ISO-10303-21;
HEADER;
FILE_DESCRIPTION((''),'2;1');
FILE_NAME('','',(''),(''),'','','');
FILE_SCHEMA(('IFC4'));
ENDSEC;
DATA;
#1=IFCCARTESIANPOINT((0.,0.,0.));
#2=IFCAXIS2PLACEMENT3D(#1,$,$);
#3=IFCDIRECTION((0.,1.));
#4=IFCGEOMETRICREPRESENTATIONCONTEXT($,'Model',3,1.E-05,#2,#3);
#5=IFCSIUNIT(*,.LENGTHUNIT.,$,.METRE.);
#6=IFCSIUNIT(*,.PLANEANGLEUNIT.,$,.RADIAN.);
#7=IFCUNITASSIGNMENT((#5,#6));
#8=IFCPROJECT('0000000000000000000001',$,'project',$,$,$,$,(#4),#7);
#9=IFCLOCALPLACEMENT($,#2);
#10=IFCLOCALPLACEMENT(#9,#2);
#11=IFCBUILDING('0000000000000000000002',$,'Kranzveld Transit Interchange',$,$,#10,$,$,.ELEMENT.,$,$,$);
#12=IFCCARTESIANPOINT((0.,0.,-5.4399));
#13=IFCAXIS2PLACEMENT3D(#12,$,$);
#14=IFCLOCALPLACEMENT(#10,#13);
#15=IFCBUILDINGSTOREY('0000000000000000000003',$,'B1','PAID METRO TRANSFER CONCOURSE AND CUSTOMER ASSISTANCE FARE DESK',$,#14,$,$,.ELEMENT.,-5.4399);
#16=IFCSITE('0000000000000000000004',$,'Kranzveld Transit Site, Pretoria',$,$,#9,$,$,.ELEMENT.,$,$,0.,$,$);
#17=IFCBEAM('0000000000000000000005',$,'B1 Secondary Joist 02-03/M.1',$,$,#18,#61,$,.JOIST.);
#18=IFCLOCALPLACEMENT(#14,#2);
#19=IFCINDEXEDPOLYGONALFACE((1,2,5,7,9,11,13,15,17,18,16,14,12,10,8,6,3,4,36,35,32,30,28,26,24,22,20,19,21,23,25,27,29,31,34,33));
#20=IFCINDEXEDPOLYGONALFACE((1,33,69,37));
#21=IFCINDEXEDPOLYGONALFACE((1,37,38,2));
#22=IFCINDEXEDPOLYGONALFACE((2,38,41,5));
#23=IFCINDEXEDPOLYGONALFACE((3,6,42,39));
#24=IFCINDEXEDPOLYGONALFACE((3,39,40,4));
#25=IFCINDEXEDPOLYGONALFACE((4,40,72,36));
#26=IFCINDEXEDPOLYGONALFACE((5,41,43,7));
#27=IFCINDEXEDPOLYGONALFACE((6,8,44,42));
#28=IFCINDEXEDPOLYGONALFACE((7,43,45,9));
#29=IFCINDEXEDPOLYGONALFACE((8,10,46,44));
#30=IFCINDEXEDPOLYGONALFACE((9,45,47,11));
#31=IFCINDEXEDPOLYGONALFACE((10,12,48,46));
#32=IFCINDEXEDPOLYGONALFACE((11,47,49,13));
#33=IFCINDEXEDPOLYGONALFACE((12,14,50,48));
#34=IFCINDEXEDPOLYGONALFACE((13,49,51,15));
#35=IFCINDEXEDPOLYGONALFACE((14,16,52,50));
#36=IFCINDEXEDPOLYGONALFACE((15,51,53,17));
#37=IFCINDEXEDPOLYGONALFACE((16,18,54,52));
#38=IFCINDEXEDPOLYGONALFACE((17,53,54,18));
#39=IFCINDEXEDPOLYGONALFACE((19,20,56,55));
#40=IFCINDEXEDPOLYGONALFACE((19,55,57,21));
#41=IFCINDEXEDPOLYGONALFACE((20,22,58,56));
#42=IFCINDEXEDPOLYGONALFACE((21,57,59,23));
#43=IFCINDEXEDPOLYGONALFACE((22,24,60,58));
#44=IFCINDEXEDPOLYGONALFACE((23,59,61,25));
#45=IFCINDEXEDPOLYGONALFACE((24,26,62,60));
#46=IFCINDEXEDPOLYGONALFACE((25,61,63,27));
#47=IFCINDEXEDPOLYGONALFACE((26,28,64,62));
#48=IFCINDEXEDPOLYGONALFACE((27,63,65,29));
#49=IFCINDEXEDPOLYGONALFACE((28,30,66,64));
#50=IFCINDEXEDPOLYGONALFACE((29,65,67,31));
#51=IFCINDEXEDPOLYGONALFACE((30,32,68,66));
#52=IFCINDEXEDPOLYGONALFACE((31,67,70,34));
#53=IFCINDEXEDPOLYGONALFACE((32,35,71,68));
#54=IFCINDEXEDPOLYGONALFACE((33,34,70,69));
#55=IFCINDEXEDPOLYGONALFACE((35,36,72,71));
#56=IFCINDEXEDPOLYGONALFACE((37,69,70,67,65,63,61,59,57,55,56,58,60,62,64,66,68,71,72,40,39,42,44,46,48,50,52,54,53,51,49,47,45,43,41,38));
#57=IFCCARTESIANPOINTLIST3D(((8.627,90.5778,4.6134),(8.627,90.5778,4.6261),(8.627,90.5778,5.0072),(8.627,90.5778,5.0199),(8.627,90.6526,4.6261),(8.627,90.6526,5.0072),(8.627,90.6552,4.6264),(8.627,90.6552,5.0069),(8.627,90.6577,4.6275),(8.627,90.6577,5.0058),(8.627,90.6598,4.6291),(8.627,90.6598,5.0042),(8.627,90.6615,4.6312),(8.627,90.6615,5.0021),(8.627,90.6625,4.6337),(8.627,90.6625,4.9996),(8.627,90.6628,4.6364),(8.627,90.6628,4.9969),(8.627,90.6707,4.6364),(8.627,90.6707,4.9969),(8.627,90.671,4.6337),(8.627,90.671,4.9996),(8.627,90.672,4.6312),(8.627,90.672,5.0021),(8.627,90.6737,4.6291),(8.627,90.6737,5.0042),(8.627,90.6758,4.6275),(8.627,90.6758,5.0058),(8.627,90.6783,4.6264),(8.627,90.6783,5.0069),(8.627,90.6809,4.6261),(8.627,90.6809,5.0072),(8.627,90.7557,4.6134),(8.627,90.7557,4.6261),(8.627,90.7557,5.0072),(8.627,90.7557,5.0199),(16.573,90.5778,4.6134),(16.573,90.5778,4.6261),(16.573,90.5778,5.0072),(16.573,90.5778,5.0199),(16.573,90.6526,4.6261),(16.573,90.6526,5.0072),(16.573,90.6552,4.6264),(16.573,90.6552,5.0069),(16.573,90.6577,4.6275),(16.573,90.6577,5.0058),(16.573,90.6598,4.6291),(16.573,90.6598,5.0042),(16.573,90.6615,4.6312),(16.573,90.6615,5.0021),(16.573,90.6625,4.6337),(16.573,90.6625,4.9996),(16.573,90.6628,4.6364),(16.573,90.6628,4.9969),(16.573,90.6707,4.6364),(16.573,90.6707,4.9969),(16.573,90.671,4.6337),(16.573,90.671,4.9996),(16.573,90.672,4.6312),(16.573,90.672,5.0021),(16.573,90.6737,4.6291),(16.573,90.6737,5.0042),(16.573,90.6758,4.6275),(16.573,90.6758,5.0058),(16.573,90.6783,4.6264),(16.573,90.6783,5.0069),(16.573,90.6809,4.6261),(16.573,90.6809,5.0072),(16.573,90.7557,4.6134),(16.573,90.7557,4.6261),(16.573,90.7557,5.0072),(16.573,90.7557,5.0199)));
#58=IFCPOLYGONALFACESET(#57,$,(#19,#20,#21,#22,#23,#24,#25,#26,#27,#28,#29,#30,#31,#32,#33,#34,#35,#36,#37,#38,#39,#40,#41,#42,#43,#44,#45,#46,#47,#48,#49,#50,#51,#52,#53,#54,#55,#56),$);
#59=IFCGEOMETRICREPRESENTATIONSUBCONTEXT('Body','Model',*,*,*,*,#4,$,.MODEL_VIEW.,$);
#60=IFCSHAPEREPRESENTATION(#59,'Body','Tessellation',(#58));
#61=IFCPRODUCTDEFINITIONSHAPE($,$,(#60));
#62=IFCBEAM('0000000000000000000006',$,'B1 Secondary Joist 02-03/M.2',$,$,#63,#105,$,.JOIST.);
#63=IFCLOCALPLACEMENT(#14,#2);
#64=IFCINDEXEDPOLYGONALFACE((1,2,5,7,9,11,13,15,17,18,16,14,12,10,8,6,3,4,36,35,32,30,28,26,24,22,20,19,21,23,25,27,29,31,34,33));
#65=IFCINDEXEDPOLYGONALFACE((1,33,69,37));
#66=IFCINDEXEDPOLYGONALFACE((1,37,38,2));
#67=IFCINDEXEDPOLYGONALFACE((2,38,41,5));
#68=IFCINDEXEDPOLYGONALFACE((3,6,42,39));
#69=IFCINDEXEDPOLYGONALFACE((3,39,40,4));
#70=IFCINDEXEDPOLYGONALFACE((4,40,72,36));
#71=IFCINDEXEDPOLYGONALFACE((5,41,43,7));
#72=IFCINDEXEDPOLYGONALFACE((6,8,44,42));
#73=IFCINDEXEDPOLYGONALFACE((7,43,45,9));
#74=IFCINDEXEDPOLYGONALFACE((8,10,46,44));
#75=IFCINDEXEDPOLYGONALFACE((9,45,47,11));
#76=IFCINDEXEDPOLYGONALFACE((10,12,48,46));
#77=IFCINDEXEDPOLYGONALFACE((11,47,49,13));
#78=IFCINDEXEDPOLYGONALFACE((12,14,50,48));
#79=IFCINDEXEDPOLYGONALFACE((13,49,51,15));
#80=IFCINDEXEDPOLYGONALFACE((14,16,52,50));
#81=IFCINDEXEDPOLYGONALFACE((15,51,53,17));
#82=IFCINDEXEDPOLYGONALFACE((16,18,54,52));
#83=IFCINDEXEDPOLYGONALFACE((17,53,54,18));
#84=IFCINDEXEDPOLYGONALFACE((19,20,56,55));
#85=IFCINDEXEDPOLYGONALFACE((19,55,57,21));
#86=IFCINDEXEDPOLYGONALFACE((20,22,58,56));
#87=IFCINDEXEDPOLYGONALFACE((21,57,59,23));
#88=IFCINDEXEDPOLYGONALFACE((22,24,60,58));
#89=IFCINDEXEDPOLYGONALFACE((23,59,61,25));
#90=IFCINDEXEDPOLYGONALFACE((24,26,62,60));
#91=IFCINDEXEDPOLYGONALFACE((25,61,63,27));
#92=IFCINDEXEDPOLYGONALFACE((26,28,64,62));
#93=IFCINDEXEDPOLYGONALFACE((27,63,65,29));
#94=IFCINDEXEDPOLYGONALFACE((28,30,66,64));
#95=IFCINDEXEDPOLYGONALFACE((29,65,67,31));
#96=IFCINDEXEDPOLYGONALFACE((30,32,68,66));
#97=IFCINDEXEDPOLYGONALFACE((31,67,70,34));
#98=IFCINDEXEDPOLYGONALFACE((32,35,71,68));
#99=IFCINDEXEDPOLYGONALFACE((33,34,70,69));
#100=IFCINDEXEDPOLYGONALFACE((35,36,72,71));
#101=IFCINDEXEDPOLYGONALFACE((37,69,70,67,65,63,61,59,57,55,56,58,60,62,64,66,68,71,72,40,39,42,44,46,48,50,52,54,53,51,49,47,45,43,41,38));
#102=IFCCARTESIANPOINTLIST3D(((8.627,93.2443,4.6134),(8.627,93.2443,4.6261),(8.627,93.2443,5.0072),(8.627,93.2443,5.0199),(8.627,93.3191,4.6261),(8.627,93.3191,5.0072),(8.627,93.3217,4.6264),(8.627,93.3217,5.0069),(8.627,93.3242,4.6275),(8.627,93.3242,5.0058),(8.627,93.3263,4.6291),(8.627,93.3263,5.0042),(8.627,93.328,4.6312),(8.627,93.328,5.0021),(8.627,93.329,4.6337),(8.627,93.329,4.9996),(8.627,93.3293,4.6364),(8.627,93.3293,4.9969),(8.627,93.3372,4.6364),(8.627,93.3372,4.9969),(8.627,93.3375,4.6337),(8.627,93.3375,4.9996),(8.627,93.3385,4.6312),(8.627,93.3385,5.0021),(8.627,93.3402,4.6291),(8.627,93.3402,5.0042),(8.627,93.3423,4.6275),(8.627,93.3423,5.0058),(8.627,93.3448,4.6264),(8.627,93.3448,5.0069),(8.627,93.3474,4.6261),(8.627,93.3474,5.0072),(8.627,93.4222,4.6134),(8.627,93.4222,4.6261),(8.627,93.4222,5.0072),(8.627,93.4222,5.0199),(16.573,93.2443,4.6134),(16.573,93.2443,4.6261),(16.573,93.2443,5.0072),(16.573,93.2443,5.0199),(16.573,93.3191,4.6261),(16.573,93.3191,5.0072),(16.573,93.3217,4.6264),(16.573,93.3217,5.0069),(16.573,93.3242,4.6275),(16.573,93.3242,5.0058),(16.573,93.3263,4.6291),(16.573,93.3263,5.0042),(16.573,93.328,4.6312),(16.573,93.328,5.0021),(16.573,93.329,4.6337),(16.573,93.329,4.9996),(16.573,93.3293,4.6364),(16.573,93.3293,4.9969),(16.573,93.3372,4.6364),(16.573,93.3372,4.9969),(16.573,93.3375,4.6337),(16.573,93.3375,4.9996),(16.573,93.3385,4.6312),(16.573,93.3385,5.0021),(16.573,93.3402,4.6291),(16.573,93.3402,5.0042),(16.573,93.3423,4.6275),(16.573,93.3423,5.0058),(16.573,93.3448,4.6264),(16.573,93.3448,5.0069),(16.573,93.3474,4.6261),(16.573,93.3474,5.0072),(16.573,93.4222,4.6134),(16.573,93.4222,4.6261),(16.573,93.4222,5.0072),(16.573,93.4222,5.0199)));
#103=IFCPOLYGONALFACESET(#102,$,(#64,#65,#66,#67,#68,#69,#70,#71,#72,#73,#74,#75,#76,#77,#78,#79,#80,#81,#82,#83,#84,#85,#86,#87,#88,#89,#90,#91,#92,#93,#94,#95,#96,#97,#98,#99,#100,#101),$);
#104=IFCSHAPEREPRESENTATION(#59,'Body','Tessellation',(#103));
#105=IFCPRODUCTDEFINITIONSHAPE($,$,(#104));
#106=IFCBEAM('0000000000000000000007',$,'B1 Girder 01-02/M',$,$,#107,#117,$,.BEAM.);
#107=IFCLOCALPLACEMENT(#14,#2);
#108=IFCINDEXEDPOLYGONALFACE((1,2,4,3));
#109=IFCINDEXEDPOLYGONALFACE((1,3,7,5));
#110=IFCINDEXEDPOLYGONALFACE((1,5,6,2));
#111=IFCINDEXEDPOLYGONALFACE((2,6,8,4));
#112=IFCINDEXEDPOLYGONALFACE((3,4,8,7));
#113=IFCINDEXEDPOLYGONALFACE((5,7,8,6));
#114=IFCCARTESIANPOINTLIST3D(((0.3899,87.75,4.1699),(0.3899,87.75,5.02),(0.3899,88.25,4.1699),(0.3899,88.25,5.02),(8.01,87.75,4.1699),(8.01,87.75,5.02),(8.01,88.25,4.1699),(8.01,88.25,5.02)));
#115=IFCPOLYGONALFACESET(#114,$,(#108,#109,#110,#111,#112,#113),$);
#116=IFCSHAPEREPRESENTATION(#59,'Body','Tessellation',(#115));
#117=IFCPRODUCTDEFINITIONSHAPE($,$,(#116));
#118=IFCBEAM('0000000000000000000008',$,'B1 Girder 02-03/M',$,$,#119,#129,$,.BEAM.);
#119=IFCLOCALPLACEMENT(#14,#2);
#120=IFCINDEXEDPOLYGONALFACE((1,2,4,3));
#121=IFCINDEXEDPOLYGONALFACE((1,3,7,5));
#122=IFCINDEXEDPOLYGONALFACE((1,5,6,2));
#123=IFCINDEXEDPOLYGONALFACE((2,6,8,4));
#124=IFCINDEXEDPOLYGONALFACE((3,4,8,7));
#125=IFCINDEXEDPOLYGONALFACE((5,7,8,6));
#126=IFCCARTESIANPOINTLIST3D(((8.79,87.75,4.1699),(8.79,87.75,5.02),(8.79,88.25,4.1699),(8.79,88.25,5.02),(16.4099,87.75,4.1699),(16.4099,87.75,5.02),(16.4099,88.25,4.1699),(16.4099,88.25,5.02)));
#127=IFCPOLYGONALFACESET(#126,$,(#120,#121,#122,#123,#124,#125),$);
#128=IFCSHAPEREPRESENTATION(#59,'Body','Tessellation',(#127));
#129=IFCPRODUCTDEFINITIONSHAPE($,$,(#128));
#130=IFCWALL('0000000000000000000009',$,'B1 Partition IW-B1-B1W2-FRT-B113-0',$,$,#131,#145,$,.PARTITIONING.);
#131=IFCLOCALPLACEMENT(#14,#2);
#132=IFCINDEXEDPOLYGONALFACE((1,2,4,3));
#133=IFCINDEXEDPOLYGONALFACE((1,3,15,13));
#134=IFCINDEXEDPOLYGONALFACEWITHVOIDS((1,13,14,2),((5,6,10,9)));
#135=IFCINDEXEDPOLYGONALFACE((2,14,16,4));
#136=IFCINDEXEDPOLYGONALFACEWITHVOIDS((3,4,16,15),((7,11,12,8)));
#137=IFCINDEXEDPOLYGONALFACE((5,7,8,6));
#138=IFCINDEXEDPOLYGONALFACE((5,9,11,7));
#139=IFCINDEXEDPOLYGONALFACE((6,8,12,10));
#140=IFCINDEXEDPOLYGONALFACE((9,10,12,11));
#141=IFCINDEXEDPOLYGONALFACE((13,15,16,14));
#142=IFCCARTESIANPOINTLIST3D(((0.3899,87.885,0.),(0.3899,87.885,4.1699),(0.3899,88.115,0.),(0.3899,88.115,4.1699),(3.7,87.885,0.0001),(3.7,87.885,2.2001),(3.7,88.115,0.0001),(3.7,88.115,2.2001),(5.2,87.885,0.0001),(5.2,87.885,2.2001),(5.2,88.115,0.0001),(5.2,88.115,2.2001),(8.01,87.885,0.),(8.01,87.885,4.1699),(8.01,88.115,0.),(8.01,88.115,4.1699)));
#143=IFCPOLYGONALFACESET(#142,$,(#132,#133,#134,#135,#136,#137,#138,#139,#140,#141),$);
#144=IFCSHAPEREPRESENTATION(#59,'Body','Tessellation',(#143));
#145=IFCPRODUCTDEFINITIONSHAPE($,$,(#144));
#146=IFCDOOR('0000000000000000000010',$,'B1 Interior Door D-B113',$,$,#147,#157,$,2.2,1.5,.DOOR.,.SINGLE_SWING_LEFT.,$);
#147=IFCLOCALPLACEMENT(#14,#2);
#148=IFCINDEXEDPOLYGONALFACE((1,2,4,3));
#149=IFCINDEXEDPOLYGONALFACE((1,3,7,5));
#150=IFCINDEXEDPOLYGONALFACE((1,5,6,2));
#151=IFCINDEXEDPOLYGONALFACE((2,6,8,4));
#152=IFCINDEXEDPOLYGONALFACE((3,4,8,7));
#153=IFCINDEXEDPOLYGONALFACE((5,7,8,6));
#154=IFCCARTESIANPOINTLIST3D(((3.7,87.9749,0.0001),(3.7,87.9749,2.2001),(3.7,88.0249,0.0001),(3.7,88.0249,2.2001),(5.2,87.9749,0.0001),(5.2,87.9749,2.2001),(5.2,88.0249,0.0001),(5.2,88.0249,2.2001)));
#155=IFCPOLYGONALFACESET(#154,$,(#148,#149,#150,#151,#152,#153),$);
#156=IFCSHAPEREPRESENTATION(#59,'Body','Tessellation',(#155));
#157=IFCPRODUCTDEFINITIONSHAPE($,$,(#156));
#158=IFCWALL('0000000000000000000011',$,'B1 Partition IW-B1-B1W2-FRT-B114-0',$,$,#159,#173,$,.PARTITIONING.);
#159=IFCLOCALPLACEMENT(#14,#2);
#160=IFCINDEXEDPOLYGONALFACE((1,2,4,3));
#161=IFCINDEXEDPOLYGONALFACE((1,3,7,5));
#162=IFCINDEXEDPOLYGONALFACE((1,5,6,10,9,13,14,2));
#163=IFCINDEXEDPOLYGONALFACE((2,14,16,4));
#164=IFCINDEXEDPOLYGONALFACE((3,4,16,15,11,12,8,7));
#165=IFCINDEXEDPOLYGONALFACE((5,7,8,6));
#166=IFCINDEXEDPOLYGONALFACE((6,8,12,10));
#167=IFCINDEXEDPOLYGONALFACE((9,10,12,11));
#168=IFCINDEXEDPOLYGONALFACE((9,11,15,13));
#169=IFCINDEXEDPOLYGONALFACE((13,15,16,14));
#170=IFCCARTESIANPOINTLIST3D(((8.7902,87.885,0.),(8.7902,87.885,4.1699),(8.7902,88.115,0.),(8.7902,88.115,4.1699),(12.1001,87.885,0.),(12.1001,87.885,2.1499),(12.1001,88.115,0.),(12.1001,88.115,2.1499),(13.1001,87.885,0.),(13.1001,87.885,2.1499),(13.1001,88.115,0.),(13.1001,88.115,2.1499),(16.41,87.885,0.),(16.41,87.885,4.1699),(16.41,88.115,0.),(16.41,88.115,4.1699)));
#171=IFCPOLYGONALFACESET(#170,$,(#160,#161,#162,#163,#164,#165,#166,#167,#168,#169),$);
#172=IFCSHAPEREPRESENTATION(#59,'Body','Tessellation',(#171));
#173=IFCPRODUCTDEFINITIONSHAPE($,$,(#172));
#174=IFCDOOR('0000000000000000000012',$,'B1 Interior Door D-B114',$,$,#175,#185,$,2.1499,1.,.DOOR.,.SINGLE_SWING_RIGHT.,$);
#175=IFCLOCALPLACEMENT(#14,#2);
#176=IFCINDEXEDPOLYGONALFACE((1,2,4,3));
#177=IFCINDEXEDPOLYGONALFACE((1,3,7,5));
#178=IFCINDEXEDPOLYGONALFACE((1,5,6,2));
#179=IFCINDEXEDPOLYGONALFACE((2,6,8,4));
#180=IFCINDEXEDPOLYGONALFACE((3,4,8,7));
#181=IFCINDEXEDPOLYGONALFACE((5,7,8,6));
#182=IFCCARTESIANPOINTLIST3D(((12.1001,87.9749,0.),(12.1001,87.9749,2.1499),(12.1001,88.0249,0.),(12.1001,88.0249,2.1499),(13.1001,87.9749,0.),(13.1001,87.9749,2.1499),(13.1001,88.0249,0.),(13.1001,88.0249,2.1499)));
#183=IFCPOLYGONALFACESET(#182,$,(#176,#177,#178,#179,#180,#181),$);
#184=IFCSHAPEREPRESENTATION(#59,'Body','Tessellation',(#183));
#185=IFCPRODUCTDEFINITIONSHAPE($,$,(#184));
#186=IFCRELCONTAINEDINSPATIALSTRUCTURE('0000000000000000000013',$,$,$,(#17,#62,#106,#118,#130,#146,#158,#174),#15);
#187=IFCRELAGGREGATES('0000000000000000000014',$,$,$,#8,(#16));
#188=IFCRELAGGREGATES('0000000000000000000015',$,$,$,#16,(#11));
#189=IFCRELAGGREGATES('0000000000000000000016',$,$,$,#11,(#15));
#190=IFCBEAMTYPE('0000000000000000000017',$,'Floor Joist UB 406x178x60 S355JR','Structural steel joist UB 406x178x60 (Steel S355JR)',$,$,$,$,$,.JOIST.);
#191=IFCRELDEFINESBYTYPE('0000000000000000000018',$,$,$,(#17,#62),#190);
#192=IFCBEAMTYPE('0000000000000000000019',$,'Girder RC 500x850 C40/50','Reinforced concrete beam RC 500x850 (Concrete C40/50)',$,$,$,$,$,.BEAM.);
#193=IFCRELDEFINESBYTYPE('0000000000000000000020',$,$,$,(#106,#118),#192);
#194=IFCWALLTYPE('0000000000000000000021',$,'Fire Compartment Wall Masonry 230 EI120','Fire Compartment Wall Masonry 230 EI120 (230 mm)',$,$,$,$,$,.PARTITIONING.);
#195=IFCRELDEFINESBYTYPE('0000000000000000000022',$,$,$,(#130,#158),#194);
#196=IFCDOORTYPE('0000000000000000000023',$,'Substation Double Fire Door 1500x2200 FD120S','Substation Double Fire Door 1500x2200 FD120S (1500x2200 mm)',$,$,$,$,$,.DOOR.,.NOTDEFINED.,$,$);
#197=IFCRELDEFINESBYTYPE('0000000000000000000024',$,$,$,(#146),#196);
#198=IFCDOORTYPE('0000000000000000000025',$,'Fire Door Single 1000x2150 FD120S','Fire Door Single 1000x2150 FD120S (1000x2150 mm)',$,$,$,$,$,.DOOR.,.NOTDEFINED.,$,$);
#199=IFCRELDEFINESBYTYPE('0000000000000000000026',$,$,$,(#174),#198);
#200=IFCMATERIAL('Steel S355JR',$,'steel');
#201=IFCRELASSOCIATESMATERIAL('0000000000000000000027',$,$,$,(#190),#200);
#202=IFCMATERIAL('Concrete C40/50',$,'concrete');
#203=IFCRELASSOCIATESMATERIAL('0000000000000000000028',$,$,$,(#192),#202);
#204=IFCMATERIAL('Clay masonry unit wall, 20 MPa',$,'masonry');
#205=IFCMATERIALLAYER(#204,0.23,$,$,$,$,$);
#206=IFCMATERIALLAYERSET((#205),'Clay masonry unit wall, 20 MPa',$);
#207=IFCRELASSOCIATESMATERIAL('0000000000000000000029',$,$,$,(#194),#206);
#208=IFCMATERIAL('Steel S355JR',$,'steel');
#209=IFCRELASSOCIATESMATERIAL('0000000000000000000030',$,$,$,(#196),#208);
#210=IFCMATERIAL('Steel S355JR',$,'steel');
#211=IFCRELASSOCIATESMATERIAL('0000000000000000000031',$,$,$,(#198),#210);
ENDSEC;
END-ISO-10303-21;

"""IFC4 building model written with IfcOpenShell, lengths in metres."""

from ifc_helpers import new_model, si_unit, direction, frame, frame_2d, origin, origin_2d, place, context, subcontext, project, spatial, rectangle, i_section, extrude, material, layer, layer_set, material_profile, profile_set, type_object, element, fill, save


model = new_model("IFC4")

# Units and contexts
model_context = context("Model", 3, precision=1e-05, world=origin(), true_north=direction((0.0, 1.0)))
body_context = subcontext(model_context, "Body", "Model", "MODEL_VIEW")
ifc_project = project(units=[si_unit("LENGTHUNIT", "METRE"), si_unit("PLANEANGLEUNIT", "RADIAN")], contexts=[model_context])

# Site, building, storey
site_placement = place(None, origin())
site = spatial("IfcSite", under=ifc_project, at=site_placement, Name="Kranzveld Transit Site, Pretoria", CompositionType="ELEMENT", RefElevation=0.0)
building_placement = place(site_placement, origin())
building = spatial("IfcBuilding", under=site, at=building_placement, Name="Kranzveld Transit Interchange", CompositionType="ELEMENT")
storey_placement = place(building_placement, frame((0.0, 0.0, -5.4399)))
storey = spatial("IfcBuildingStorey", under=building, at=storey_placement, Name="B1", Description="PAID METRO TRANSFER CONCOURSE AND CUSTOMER ASSISTANCE FARE DESK", CompositionType="ELEMENT", Elevation=-5.4399)

# Beams
ifc_material_1 = material(Name="Steel S355JR", Category="steel")
ifc_material_profile_1 = material_profile(ifc_material_1, i_section(OverallWidth=0.178, OverallDepth=0.4065, WebThickness=0.0078, FlangeThickness=0.0127, FilletRadius=0.0103, at=origin_2d()), Name="UB 406x178x60")
ifc_profile_set_1 = profile_set([ifc_material_profile_1], Name="Steel S355JR")
beam_type_1 = type_object("IfcBeamType", Name="Floor Joist UB 406x178x60 S355JR", Description="Structural steel joist UB 406x178x60 (Steel S355JR)", PredefinedType="JOIST", material=ifc_profile_set_1)
for number, where, z_axis, x_axis, name in (
    (1, (8.627, 90.6667, 4.8167), (1.0, 0.0, 0.0), (0.0, 1.0, 0.0), "B1 Secondary Joist 02-03/M.1"),
    (2, (8.627, 93.3333, 4.8167), (1.0, 0.0, 0.0), (0.0, 1.0, 0.0), "B1 Secondary Joist 02-03/M.2"),
):
    element("IfcBeam", number, at=place(storey_placement, frame(where, z_axis=z_axis, x_axis=x_axis)), inside=storey, type_object=beam_type_1, Name=name, PredefinedType="JOIST", context=body_context, shape_type="SweptSolid", body=[
        extrude(i_section(OverallWidth=0.178, OverallDepth=0.4065, WebThickness=0.0078, FlangeThickness=0.0127, FilletRadius=0.0103, at=origin_2d()), origin(), (0.0, 0.0, 1.0), 7.946),
    ])
ifc_material_2 = material(Name="Concrete C40/50", Category="concrete")
ifc_material_profile_2 = material_profile(ifc_material_2, rectangle(XDim=0.5, YDim=0.8501, at=origin_2d()), Name="RC 500x850")
ifc_profile_set_2 = profile_set([ifc_material_profile_2], Name="Concrete C40/50")
beam_type_2 = type_object("IfcBeamType", Name="Girder RC 500x850 C40/50", Description="Reinforced concrete beam RC 500x850 (Concrete C40/50)", PredefinedType="BEAM", material=ifc_profile_set_2)
beam_1_placement = place(storey_placement, frame((0.3899, 88.0, 4.595), z_axis=(1.0, 0.0, 0.0), x_axis=(0.0, 1.0, 0.0)))
element("IfcBeam", 3, at=beam_1_placement, inside=storey, type_object=beam_type_2, Name="B1 Girder 01-02/M", PredefinedType="BEAM", context=body_context, shape_type="SweptSolid", body=[
    extrude(rectangle(XDim=0.5, YDim=0.8501, at=origin_2d()), origin(), (0.0, 0.0, 1.0), 7.6201),
])
beam_2_placement = place(storey_placement, frame((8.79, 88.0, 4.595), z_axis=(1.0, 0.0, 0.0), x_axis=(0.0, 1.0, 0.0)))
element("IfcBeam", 4, at=beam_2_placement, inside=storey, type_object=beam_type_2, Name="B1 Girder 02-03/M", PredefinedType="BEAM", context=body_context, shape_type="SweptSolid", body=[
    extrude(rectangle(XDim=0.5, YDim=0.8501, at=origin_2d()), origin(), (0.0, 0.0, 1.0), 7.6199),
])

# Walls, openings, doors
ifc_material_3 = material(Name="Clay masonry unit wall, 20 MPa", Category="masonry")
ifc_layer_1 = layer(ifc_material_3, 0.23)
ifc_layer_set_1 = layer_set([ifc_layer_1], Name="Clay masonry unit wall, 20 MPa")
wall_type_1 = type_object("IfcWallType", Name="Fire Compartment Wall Masonry 230 EI120", Description="Fire Compartment Wall Masonry 230 EI120 (230 mm)", PredefinedType="PARTITIONING", material=ifc_layer_set_1)
wall_1_placement = place(storey_placement, frame((0.3899, 88.0, 0.0), z_axis=(0.0, 0.0, 1.0), x_axis=(1.0, 0.0, 0.0)))
wall_1 = element("IfcWall", 5, at=wall_1_placement, inside=storey, type_object=wall_type_1, Name="B1 Partition IW-B1-B1W2-FRT-B113-0", PredefinedType="PARTITIONING", context=body_context, shape_type="SweptSolid", body=[
    extrude(rectangle(XDim=7.6201, YDim=0.23, at=frame_2d((3.8101, 0.0))), origin(), (0.0, 0.0, 1.0), 4.1699),
])
opening_1_placement = place(wall_1_placement, frame((3.3101, 0.0, 0.0), z_axis=(0.0, 0.0, 1.0), x_axis=(1.0, 0.0, 0.0)))
opening_1 = element("IfcOpeningElement", 6, at=opening_1_placement, cuts=wall_1, PredefinedType="OPENING", context=body_context, shape_type="SweptSolid", body=[
    extrude(rectangle(XDim=1.5, YDim=2.2, at=frame_2d((0.75, 1.1001))), frame((0.0, 0.125, 0.0), z_axis=(0.0, -1.0, 0.0), x_axis=(1.0, 0.0, 0.0)), (0.0, 0.0, 1.0), 0.25),
])
ifc_material_4 = material(Name="Steel S355JR", Category="steel")
door_type_1 = type_object("IfcDoorType", Name="Substation Double Fire Door 1500x2200 FD120S", Description="Substation Double Fire Door 1500x2200 FD120S (1500x2200 mm)", OperationType="NOTDEFINED", PredefinedType="DOOR", material=ifc_material_4)
door_1_placement = place(opening_1_placement, origin())
door_1 = element("IfcDoor", 7, at=door_1_placement, inside=storey, type_object=door_type_1, Name="B1 Interior Door D-B113", OperationType="SINGLE_SWING_LEFT", OverallHeight=2.2, OverallWidth=1.5, PredefinedType="DOOR", context=body_context, shape_type="SweptSolid", body=[
    extrude(rectangle(XDim=1.5, YDim=2.2, at=frame_2d((0.75, 1.1001))), frame((0.0, 0.0249, 0.0), z_axis=(0.0, -1.0, 0.0), x_axis=(1.0, 0.0, 0.0)), (0.0, 0.0, 1.0), 0.05),
])
fill(opening_1, door_1)
wall_2_placement = place(storey_placement, frame((8.79, 88.0, 0.0), z_axis=(0.0, 0.0, 1.0), x_axis=(1.0, 0.0, 0.0)))
wall_2 = element("IfcWall", 8, at=wall_2_placement, inside=storey, type_object=wall_type_1, Name="B1 Partition IW-B1-B1W2-FRT-B114-0", PredefinedType="PARTITIONING", context=body_context, shape_type="SweptSolid", body=[
    extrude(rectangle(XDim=7.6199, YDim=0.23, at=frame_2d((3.8101, 0.0))), origin(), (0.0, 0.0, 1.0), 4.1699),
])
opening_2_placement = place(wall_2_placement, frame((3.3101, 0.0, 0.0), z_axis=(0.0, 0.0, 1.0), x_axis=(1.0, 0.0, 0.0)))
opening_2 = element("IfcOpeningElement", 9, at=opening_2_placement, cuts=wall_2, PredefinedType="OPENING", context=body_context, shape_type="SweptSolid", body=[
    extrude(rectangle(XDim=1.0, YDim=2.1499, at=frame_2d((0.5, 1.075))), frame((0.0, 0.125, 0.0), z_axis=(0.0, -1.0, 0.0), x_axis=(1.0, 0.0, 0.0)), (0.0, 0.0, 1.0), 0.25),
])
ifc_material_5 = material(Name="Steel S355JR", Category="steel")
door_type_2 = type_object("IfcDoorType", Name="Fire Door Single 1000x2150 FD120S", Description="Fire Door Single 1000x2150 FD120S (1000x2150 mm)", OperationType="NOTDEFINED", PredefinedType="DOOR", material=ifc_material_5)
door_2_placement = place(opening_2_placement, origin())
door_2 = element("IfcDoor", 10, at=door_2_placement, inside=storey, type_object=door_type_2, Name="B1 Interior Door D-B114", OperationType="SINGLE_SWING_RIGHT", OverallHeight=2.1499, OverallWidth=1.0, PredefinedType="DOOR", context=body_context, shape_type="SweptSolid", body=[
    extrude(rectangle(XDim=1.0, YDim=2.1499, at=frame_2d((0.5, 1.075))), frame((0.0, 0.0249, 0.0), z_axis=(0.0, -1.0, 0.0), x_axis=(1.0, 0.0, 0.0)), (0.0, 0.0, 1.0), 0.05),
])
fill(opening_2, door_2)

save(model, "model.ifc")
